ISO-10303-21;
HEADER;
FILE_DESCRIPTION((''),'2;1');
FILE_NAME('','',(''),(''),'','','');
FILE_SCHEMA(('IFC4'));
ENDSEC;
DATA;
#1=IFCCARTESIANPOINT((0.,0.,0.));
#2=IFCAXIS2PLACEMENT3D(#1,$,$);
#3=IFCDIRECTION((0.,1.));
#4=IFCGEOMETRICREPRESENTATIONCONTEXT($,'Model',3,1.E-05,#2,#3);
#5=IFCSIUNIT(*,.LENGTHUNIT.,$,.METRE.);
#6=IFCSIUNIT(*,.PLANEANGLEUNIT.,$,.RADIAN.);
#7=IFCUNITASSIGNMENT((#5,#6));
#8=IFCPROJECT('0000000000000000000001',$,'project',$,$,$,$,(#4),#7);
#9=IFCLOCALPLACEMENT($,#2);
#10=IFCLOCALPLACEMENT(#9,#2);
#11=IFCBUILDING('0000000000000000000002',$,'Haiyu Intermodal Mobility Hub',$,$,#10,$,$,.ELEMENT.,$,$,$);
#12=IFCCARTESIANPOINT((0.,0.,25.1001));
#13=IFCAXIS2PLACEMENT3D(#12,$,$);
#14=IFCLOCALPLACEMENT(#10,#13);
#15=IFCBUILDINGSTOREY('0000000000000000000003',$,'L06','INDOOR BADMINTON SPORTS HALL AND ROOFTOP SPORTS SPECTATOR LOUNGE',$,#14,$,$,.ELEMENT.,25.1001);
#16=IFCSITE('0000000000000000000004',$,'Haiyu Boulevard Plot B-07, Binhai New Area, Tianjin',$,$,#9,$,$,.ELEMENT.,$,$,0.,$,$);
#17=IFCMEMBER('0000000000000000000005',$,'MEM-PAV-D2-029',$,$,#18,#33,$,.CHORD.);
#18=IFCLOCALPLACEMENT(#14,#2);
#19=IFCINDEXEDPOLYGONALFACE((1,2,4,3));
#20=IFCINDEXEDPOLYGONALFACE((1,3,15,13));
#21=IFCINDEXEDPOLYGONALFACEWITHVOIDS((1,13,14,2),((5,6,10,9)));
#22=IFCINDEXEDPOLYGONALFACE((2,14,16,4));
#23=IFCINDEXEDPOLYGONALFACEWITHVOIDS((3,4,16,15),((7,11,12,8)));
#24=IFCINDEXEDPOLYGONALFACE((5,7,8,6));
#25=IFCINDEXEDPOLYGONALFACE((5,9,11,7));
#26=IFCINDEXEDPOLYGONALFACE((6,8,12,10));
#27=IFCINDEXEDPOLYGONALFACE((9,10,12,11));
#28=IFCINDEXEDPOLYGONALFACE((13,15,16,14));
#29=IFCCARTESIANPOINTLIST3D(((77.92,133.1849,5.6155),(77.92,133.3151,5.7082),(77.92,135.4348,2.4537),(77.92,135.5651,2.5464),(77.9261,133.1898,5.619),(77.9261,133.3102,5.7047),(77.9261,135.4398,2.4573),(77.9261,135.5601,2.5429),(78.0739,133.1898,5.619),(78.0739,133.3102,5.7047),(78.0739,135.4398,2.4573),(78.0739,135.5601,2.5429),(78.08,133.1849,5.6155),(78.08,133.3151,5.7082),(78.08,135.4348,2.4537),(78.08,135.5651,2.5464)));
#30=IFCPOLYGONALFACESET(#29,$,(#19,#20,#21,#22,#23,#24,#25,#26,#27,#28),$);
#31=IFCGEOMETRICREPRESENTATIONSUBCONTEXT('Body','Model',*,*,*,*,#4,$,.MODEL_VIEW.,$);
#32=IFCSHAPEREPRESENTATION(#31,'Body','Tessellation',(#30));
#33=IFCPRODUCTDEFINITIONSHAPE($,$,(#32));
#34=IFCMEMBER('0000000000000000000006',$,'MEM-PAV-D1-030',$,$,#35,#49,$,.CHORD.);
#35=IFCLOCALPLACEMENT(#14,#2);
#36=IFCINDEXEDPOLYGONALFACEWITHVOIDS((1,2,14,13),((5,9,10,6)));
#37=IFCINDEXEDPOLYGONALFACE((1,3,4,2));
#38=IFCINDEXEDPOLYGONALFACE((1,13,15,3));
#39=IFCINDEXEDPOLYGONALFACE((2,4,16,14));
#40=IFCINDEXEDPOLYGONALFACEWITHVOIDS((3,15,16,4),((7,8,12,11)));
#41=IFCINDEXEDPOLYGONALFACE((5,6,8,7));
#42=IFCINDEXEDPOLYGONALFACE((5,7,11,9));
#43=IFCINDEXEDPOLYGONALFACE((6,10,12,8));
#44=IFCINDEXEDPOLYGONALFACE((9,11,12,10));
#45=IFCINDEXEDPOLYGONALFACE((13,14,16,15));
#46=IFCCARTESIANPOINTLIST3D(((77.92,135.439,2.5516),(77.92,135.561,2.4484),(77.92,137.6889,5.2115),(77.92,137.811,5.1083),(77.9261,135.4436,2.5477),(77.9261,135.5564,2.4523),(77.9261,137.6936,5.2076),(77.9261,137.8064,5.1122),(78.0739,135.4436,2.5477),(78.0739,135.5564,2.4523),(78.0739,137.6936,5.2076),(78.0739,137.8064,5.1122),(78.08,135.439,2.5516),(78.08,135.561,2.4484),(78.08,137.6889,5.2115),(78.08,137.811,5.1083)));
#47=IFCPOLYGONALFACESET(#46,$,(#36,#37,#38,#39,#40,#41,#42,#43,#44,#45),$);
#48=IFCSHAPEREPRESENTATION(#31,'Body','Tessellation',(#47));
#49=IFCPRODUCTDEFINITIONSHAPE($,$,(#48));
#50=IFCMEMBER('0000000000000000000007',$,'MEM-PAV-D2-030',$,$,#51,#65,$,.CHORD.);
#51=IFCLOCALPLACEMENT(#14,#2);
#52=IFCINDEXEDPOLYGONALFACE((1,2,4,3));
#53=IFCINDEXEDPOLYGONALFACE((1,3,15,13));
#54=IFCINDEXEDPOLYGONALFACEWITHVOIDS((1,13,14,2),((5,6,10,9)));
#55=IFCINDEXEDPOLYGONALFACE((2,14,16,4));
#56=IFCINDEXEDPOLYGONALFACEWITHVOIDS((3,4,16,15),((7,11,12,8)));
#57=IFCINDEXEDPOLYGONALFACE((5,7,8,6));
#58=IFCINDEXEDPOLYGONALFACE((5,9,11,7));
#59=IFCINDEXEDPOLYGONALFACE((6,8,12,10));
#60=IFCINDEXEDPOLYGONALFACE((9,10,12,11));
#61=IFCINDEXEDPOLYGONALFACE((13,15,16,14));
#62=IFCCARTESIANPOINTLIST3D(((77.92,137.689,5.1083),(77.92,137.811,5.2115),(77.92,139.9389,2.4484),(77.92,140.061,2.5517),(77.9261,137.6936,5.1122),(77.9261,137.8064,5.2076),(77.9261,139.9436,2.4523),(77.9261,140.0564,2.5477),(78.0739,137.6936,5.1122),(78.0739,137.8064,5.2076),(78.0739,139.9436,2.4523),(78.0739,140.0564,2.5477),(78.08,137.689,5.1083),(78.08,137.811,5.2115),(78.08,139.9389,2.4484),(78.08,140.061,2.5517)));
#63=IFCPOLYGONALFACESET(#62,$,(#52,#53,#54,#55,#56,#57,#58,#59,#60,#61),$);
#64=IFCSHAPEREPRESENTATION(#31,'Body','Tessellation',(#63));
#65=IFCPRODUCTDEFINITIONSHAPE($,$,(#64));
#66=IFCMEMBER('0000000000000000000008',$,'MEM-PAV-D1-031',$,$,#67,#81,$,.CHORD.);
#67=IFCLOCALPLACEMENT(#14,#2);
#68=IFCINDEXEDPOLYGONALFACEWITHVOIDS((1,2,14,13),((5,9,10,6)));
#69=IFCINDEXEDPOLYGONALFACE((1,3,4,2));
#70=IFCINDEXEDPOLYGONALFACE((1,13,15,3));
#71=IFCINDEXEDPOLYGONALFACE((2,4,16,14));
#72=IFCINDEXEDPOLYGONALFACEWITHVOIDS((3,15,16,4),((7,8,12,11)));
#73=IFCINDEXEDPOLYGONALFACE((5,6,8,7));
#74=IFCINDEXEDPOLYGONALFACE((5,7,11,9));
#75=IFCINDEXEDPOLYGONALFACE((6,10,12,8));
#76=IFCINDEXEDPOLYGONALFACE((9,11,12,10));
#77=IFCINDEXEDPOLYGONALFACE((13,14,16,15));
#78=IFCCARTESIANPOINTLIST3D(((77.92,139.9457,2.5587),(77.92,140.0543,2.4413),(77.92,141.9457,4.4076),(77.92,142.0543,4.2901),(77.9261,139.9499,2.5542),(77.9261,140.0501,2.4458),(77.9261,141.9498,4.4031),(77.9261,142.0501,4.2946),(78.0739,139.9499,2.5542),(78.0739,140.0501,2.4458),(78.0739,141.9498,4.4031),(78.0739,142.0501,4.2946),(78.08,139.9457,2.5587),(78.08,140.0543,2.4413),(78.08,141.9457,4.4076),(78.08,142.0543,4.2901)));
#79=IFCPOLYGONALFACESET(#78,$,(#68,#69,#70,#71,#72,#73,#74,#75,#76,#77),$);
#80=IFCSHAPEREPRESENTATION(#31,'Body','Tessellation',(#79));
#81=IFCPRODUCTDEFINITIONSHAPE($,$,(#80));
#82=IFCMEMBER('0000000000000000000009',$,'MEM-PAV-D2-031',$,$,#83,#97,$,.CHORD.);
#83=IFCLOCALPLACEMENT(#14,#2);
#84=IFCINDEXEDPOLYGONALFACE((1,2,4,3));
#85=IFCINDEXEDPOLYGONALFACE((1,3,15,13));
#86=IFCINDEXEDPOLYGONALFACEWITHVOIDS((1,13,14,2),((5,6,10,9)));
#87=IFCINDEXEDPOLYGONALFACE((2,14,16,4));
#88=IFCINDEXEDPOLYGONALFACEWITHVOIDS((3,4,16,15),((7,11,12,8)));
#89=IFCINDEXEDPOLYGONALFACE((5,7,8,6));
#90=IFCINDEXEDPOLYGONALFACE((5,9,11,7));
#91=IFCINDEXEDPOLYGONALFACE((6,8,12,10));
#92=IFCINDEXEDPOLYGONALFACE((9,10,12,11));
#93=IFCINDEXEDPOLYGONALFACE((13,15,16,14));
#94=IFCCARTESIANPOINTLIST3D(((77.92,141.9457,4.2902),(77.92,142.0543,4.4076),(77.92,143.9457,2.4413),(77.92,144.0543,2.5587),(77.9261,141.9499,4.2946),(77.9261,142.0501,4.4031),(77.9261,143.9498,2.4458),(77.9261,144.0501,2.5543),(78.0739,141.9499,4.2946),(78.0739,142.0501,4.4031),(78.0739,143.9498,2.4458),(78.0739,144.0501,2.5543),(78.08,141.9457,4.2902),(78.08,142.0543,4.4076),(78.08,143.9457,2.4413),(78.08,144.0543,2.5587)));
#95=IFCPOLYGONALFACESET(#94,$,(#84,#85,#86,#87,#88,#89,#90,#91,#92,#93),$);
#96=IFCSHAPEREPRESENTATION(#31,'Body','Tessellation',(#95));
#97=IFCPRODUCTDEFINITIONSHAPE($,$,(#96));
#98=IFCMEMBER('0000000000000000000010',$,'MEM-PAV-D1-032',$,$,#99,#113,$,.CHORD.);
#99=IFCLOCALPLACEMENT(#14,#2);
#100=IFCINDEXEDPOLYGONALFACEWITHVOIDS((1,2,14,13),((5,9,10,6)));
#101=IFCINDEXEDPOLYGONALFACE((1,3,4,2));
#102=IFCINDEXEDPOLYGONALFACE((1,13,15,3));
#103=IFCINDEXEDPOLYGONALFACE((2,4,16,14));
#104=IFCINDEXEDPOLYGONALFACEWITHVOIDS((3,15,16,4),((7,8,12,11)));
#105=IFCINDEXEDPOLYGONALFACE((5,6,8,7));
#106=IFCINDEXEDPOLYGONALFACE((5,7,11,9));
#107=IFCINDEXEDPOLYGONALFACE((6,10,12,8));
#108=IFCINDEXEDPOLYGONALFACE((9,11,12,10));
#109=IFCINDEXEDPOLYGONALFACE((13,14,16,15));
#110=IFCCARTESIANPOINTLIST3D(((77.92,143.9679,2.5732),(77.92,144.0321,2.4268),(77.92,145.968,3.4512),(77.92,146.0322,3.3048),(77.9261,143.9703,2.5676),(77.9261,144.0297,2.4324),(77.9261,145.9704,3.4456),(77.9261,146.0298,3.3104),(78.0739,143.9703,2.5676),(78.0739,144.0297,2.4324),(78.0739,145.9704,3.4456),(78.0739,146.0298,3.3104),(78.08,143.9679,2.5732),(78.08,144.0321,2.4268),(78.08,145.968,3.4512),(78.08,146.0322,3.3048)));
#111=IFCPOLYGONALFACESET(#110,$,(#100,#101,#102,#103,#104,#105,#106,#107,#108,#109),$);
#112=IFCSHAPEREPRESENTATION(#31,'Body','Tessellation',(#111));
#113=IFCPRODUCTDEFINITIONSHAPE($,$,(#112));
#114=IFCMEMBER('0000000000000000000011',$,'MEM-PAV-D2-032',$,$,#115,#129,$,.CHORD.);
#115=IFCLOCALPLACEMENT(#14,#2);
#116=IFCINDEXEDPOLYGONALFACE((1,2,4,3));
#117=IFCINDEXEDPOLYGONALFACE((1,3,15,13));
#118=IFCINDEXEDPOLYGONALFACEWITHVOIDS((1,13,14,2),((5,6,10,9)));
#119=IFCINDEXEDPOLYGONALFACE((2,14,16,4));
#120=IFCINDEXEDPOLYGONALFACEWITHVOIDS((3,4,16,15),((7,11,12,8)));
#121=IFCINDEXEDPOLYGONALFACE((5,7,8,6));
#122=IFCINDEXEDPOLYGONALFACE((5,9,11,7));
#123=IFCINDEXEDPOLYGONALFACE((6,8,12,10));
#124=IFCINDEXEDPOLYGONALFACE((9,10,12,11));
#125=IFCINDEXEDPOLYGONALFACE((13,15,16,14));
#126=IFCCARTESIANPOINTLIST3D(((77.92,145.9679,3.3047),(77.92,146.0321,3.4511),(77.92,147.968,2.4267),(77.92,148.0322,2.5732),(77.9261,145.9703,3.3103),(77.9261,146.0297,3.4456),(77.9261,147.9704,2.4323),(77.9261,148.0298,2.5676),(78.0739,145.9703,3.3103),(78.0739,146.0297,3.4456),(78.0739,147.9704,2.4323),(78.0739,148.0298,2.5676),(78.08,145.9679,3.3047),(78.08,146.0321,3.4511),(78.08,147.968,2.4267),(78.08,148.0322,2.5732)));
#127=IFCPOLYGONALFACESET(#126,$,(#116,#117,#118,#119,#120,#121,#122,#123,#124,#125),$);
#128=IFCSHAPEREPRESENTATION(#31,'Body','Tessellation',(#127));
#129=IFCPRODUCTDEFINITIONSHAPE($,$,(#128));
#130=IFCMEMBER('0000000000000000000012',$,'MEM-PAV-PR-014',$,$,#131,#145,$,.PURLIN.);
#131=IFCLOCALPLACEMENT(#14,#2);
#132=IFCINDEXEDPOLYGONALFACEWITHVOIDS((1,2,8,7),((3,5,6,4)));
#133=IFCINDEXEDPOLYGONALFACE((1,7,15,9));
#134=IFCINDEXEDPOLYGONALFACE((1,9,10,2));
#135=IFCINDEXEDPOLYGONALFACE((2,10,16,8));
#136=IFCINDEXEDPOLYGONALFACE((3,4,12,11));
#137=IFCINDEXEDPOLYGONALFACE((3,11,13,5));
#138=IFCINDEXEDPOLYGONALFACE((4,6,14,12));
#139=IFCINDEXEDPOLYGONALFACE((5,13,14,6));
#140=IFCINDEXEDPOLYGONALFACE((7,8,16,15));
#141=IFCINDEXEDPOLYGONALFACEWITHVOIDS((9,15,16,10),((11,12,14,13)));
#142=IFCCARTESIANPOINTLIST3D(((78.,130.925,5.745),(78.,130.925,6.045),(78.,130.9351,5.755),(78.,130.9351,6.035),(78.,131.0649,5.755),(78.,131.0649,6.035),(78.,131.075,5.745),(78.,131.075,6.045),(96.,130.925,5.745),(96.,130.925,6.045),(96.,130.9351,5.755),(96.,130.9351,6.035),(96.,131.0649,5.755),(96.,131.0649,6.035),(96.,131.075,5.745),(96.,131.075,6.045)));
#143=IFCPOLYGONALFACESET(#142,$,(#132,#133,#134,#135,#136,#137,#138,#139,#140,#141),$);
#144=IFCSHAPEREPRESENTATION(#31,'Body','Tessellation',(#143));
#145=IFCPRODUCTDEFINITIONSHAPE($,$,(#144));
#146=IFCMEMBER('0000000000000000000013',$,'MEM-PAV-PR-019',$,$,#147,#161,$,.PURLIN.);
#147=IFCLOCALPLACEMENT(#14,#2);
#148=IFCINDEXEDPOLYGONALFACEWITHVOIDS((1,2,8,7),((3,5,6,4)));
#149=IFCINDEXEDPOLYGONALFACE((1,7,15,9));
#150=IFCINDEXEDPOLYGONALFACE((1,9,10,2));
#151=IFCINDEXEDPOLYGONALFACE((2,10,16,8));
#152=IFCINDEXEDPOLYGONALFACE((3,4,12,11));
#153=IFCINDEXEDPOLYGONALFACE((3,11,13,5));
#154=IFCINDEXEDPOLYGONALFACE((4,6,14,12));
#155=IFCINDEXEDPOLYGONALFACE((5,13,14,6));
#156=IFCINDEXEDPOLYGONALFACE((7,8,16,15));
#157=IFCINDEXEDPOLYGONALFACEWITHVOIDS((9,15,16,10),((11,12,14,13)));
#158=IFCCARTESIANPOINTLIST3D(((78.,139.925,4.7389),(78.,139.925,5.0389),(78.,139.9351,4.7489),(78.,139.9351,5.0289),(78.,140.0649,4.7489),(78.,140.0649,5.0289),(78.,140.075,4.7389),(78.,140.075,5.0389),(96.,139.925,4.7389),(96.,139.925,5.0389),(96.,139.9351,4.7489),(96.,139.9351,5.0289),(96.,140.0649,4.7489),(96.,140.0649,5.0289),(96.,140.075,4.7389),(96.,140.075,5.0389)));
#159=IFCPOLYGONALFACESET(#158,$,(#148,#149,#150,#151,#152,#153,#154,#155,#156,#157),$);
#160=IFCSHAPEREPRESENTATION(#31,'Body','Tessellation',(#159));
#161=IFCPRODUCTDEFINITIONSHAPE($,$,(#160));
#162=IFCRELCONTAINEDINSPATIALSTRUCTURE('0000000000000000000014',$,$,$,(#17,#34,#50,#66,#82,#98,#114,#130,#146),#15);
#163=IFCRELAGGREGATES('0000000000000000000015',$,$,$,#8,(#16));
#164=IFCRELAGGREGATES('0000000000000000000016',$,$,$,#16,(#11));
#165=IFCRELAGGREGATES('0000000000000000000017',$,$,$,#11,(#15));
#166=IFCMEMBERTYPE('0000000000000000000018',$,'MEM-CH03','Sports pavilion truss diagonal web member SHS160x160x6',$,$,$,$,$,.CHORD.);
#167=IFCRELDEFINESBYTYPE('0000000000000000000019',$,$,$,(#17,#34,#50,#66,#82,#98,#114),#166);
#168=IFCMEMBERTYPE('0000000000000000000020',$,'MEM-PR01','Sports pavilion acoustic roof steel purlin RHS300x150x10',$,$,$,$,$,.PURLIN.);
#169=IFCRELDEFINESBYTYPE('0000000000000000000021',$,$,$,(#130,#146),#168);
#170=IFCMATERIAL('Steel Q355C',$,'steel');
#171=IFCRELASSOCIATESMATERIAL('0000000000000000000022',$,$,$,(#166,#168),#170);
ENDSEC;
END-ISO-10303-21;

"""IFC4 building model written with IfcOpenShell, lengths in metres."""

from ifc_helpers import new_model, si_unit, direction, frame, origin, origin_2d, place, context, subcontext, project, spatial, hollow_rectangle, extrude, material, material_profile, profile_set, type_object, element, save


model = new_model("IFC4")

# Units and contexts
model_context = context("Model", 3, precision=1e-05, world=origin(), true_north=direction((0.0, 1.0)))
body_context = subcontext(model_context, "Body", "Model", "MODEL_VIEW")
ifc_project = project(units=[si_unit("LENGTHUNIT", "METRE"), si_unit("PLANEANGLEUNIT", "RADIAN")], contexts=[model_context])

# Site, building, storey
site_placement = place(None, origin())
site = spatial("IfcSite", under=ifc_project, at=site_placement, Name="Haiyu Boulevard Plot B-07, Binhai New Area, Tianjin", CompositionType="ELEMENT", RefElevation=0.0)
building_placement = place(site_placement, origin())
building = spatial("IfcBuilding", under=site, at=building_placement, Name="Haiyu Intermodal Mobility Hub", CompositionType="ELEMENT")
storey_placement = place(building_placement, frame((0.0, 0.0, 25.1001)))
storey = spatial("IfcBuildingStorey", under=building, at=storey_placement, Name="L06", Description="INDOOR BADMINTON SPORTS HALL AND ROOFTOP SPORTS SPECTATOR LOUNGE", CompositionType="ELEMENT", Elevation=25.1001)

# Members
ifc_material_1 = material(Name="Steel Q355C", Category="steel")
ifc_material_profile_1 = material_profile(ifc_material_1, hollow_rectangle(XDim=0.1599, YDim=0.1599, WallThickness=0.0061, at=origin_2d()), Name="SHS160x160x6")
ifc_profile_set_1 = profile_set([ifc_material_profile_1], Name="Steel Q355C")
member_type_1 = type_object("IfcMemberType", Name="MEM-CH03", Description="Sports pavilion truss diagonal web member SHS160x160x6", PredefinedType="CHORD", material=ifc_profile_set_1)
for number, where, z_axis, x_axis, name in (
    (1, (78.0, 133.25, 5.6619), (0.0, 0.579791, -0.814765), (-1.0, 0.0, 0.0), "MEM-PAV-D2-029"),
):
    element("IfcMember", number, at=place(storey_placement, frame(where, z_axis=z_axis, x_axis=x_axis)), inside=storey, type_object=member_type_1, Name=name, PredefinedType="CHORD", context=body_context, shape_type="SweptSolid", body=[
        extrude(hollow_rectangle(XDim=0.1599, YDim=0.1599, WallThickness=0.0061, at=origin_2d()), origin(), (0.0, 0.0, 1.0), 3.8806),
    ])
for number, where, z_axis, x_axis, name in (
    (2, (78.0, 135.5, 2.5), (0.0, 0.645826, 0.763485), (-1.0, 0.0, 0.0), "MEM-PAV-D1-030"),
    (3, (78.0, 137.75, 5.1599), (0.0, 0.645826, -0.763485), (-1.0, 0.0, 0.0), "MEM-PAV-D2-030"),
):
    element("IfcMember", number, at=place(storey_placement, frame(where, z_axis=z_axis, x_axis=x_axis)), inside=storey, type_object=member_type_1, Name=name, PredefinedType="CHORD", context=body_context, shape_type="SweptSolid", body=[
        extrude(hollow_rectangle(XDim=0.1599, YDim=0.1599, WallThickness=0.0061, at=origin_2d()), origin(), (0.0, 0.0, 1.0), 3.4839),
    ])
for number, where, z_axis, x_axis, name in (
    (4, (78.0, 140.0, 2.5), (0.0, 0.734305, 0.67882), (-1.0, 0.0, 0.0), "MEM-PAV-D1-031"),
    (5, (78.0, 142.0, 4.3489), (0.0, 0.734305, -0.67882), (-1.0, 0.0, 0.0), "MEM-PAV-D2-031"),
):
    element("IfcMember", number, at=place(storey_placement, frame(where, z_axis=z_axis, x_axis=x_axis)), inside=storey, type_object=member_type_1, Name=name, PredefinedType="CHORD", context=body_context, shape_type="SweptSolid", body=[
        extrude(hollow_rectangle(XDim=0.1599, YDim=0.1599, WallThickness=0.0061, at=origin_2d()), origin(), (0.0, 0.0, 1.0), 2.7236),
    ])
for number, where, z_axis, x_axis, name in (
    (6, (78.0, 144.0, 2.5), (0.0, 0.915664, 0.401944), (-1.0, 0.0, 0.0), "MEM-PAV-D1-032"),
    (7, (78.0, 146.0, 3.3779), (0.0, 0.915664, -0.401944), (-1.0, 0.0, 0.0), "MEM-PAV-D2-032"),
):
    element("IfcMember", number, at=place(storey_placement, frame(where, z_axis=z_axis, x_axis=x_axis)), inside=storey, type_object=member_type_1, Name=name, PredefinedType="CHORD", context=body_context, shape_type="SweptSolid", body=[
        extrude(hollow_rectangle(XDim=0.1599, YDim=0.1599, WallThickness=0.0061, at=origin_2d()), origin(), (0.0, 0.0, 1.0), 2.1843),
    ])
ifc_material_profile_2 = material_profile(ifc_material_1, hollow_rectangle(XDim=0.1499, YDim=0.3, WallThickness=0.01, at=origin_2d()), Name="RHS300x150x10")
ifc_profile_set_2 = profile_set([ifc_material_profile_2], Name="Steel Q355C")
member_type_2 = type_object("IfcMemberType", Name="MEM-PR01", Description="Sports pavilion acoustic roof steel purlin RHS300x150x10", PredefinedType="PURLIN", material=ifc_profile_set_2)
for number, where, z_axis, x_axis, name in (
    (8, (78.0, 131.0, 5.895), (1.0, 0.0, 0.0), (0.0, 1.0, 0.0), "MEM-PAV-PR-014"),
    (9, (78.0, 140.0, 4.8889), (1.0, 0.0, 0.0), (0.0, 1.0, 0.0), "MEM-PAV-PR-019"),
):
    element("IfcMember", number, at=place(storey_placement, frame(where, z_axis=z_axis, x_axis=x_axis)), inside=storey, type_object=member_type_2, Name=name, PredefinedType="PURLIN", context=body_context, shape_type="SweptSolid", body=[
        extrude(hollow_rectangle(XDim=0.1499, YDim=0.3, WallThickness=0.01, at=origin_2d()), origin(), (0.0, 0.0, 1.0), 18.0),
    ])

save(model, "model.ifc")
